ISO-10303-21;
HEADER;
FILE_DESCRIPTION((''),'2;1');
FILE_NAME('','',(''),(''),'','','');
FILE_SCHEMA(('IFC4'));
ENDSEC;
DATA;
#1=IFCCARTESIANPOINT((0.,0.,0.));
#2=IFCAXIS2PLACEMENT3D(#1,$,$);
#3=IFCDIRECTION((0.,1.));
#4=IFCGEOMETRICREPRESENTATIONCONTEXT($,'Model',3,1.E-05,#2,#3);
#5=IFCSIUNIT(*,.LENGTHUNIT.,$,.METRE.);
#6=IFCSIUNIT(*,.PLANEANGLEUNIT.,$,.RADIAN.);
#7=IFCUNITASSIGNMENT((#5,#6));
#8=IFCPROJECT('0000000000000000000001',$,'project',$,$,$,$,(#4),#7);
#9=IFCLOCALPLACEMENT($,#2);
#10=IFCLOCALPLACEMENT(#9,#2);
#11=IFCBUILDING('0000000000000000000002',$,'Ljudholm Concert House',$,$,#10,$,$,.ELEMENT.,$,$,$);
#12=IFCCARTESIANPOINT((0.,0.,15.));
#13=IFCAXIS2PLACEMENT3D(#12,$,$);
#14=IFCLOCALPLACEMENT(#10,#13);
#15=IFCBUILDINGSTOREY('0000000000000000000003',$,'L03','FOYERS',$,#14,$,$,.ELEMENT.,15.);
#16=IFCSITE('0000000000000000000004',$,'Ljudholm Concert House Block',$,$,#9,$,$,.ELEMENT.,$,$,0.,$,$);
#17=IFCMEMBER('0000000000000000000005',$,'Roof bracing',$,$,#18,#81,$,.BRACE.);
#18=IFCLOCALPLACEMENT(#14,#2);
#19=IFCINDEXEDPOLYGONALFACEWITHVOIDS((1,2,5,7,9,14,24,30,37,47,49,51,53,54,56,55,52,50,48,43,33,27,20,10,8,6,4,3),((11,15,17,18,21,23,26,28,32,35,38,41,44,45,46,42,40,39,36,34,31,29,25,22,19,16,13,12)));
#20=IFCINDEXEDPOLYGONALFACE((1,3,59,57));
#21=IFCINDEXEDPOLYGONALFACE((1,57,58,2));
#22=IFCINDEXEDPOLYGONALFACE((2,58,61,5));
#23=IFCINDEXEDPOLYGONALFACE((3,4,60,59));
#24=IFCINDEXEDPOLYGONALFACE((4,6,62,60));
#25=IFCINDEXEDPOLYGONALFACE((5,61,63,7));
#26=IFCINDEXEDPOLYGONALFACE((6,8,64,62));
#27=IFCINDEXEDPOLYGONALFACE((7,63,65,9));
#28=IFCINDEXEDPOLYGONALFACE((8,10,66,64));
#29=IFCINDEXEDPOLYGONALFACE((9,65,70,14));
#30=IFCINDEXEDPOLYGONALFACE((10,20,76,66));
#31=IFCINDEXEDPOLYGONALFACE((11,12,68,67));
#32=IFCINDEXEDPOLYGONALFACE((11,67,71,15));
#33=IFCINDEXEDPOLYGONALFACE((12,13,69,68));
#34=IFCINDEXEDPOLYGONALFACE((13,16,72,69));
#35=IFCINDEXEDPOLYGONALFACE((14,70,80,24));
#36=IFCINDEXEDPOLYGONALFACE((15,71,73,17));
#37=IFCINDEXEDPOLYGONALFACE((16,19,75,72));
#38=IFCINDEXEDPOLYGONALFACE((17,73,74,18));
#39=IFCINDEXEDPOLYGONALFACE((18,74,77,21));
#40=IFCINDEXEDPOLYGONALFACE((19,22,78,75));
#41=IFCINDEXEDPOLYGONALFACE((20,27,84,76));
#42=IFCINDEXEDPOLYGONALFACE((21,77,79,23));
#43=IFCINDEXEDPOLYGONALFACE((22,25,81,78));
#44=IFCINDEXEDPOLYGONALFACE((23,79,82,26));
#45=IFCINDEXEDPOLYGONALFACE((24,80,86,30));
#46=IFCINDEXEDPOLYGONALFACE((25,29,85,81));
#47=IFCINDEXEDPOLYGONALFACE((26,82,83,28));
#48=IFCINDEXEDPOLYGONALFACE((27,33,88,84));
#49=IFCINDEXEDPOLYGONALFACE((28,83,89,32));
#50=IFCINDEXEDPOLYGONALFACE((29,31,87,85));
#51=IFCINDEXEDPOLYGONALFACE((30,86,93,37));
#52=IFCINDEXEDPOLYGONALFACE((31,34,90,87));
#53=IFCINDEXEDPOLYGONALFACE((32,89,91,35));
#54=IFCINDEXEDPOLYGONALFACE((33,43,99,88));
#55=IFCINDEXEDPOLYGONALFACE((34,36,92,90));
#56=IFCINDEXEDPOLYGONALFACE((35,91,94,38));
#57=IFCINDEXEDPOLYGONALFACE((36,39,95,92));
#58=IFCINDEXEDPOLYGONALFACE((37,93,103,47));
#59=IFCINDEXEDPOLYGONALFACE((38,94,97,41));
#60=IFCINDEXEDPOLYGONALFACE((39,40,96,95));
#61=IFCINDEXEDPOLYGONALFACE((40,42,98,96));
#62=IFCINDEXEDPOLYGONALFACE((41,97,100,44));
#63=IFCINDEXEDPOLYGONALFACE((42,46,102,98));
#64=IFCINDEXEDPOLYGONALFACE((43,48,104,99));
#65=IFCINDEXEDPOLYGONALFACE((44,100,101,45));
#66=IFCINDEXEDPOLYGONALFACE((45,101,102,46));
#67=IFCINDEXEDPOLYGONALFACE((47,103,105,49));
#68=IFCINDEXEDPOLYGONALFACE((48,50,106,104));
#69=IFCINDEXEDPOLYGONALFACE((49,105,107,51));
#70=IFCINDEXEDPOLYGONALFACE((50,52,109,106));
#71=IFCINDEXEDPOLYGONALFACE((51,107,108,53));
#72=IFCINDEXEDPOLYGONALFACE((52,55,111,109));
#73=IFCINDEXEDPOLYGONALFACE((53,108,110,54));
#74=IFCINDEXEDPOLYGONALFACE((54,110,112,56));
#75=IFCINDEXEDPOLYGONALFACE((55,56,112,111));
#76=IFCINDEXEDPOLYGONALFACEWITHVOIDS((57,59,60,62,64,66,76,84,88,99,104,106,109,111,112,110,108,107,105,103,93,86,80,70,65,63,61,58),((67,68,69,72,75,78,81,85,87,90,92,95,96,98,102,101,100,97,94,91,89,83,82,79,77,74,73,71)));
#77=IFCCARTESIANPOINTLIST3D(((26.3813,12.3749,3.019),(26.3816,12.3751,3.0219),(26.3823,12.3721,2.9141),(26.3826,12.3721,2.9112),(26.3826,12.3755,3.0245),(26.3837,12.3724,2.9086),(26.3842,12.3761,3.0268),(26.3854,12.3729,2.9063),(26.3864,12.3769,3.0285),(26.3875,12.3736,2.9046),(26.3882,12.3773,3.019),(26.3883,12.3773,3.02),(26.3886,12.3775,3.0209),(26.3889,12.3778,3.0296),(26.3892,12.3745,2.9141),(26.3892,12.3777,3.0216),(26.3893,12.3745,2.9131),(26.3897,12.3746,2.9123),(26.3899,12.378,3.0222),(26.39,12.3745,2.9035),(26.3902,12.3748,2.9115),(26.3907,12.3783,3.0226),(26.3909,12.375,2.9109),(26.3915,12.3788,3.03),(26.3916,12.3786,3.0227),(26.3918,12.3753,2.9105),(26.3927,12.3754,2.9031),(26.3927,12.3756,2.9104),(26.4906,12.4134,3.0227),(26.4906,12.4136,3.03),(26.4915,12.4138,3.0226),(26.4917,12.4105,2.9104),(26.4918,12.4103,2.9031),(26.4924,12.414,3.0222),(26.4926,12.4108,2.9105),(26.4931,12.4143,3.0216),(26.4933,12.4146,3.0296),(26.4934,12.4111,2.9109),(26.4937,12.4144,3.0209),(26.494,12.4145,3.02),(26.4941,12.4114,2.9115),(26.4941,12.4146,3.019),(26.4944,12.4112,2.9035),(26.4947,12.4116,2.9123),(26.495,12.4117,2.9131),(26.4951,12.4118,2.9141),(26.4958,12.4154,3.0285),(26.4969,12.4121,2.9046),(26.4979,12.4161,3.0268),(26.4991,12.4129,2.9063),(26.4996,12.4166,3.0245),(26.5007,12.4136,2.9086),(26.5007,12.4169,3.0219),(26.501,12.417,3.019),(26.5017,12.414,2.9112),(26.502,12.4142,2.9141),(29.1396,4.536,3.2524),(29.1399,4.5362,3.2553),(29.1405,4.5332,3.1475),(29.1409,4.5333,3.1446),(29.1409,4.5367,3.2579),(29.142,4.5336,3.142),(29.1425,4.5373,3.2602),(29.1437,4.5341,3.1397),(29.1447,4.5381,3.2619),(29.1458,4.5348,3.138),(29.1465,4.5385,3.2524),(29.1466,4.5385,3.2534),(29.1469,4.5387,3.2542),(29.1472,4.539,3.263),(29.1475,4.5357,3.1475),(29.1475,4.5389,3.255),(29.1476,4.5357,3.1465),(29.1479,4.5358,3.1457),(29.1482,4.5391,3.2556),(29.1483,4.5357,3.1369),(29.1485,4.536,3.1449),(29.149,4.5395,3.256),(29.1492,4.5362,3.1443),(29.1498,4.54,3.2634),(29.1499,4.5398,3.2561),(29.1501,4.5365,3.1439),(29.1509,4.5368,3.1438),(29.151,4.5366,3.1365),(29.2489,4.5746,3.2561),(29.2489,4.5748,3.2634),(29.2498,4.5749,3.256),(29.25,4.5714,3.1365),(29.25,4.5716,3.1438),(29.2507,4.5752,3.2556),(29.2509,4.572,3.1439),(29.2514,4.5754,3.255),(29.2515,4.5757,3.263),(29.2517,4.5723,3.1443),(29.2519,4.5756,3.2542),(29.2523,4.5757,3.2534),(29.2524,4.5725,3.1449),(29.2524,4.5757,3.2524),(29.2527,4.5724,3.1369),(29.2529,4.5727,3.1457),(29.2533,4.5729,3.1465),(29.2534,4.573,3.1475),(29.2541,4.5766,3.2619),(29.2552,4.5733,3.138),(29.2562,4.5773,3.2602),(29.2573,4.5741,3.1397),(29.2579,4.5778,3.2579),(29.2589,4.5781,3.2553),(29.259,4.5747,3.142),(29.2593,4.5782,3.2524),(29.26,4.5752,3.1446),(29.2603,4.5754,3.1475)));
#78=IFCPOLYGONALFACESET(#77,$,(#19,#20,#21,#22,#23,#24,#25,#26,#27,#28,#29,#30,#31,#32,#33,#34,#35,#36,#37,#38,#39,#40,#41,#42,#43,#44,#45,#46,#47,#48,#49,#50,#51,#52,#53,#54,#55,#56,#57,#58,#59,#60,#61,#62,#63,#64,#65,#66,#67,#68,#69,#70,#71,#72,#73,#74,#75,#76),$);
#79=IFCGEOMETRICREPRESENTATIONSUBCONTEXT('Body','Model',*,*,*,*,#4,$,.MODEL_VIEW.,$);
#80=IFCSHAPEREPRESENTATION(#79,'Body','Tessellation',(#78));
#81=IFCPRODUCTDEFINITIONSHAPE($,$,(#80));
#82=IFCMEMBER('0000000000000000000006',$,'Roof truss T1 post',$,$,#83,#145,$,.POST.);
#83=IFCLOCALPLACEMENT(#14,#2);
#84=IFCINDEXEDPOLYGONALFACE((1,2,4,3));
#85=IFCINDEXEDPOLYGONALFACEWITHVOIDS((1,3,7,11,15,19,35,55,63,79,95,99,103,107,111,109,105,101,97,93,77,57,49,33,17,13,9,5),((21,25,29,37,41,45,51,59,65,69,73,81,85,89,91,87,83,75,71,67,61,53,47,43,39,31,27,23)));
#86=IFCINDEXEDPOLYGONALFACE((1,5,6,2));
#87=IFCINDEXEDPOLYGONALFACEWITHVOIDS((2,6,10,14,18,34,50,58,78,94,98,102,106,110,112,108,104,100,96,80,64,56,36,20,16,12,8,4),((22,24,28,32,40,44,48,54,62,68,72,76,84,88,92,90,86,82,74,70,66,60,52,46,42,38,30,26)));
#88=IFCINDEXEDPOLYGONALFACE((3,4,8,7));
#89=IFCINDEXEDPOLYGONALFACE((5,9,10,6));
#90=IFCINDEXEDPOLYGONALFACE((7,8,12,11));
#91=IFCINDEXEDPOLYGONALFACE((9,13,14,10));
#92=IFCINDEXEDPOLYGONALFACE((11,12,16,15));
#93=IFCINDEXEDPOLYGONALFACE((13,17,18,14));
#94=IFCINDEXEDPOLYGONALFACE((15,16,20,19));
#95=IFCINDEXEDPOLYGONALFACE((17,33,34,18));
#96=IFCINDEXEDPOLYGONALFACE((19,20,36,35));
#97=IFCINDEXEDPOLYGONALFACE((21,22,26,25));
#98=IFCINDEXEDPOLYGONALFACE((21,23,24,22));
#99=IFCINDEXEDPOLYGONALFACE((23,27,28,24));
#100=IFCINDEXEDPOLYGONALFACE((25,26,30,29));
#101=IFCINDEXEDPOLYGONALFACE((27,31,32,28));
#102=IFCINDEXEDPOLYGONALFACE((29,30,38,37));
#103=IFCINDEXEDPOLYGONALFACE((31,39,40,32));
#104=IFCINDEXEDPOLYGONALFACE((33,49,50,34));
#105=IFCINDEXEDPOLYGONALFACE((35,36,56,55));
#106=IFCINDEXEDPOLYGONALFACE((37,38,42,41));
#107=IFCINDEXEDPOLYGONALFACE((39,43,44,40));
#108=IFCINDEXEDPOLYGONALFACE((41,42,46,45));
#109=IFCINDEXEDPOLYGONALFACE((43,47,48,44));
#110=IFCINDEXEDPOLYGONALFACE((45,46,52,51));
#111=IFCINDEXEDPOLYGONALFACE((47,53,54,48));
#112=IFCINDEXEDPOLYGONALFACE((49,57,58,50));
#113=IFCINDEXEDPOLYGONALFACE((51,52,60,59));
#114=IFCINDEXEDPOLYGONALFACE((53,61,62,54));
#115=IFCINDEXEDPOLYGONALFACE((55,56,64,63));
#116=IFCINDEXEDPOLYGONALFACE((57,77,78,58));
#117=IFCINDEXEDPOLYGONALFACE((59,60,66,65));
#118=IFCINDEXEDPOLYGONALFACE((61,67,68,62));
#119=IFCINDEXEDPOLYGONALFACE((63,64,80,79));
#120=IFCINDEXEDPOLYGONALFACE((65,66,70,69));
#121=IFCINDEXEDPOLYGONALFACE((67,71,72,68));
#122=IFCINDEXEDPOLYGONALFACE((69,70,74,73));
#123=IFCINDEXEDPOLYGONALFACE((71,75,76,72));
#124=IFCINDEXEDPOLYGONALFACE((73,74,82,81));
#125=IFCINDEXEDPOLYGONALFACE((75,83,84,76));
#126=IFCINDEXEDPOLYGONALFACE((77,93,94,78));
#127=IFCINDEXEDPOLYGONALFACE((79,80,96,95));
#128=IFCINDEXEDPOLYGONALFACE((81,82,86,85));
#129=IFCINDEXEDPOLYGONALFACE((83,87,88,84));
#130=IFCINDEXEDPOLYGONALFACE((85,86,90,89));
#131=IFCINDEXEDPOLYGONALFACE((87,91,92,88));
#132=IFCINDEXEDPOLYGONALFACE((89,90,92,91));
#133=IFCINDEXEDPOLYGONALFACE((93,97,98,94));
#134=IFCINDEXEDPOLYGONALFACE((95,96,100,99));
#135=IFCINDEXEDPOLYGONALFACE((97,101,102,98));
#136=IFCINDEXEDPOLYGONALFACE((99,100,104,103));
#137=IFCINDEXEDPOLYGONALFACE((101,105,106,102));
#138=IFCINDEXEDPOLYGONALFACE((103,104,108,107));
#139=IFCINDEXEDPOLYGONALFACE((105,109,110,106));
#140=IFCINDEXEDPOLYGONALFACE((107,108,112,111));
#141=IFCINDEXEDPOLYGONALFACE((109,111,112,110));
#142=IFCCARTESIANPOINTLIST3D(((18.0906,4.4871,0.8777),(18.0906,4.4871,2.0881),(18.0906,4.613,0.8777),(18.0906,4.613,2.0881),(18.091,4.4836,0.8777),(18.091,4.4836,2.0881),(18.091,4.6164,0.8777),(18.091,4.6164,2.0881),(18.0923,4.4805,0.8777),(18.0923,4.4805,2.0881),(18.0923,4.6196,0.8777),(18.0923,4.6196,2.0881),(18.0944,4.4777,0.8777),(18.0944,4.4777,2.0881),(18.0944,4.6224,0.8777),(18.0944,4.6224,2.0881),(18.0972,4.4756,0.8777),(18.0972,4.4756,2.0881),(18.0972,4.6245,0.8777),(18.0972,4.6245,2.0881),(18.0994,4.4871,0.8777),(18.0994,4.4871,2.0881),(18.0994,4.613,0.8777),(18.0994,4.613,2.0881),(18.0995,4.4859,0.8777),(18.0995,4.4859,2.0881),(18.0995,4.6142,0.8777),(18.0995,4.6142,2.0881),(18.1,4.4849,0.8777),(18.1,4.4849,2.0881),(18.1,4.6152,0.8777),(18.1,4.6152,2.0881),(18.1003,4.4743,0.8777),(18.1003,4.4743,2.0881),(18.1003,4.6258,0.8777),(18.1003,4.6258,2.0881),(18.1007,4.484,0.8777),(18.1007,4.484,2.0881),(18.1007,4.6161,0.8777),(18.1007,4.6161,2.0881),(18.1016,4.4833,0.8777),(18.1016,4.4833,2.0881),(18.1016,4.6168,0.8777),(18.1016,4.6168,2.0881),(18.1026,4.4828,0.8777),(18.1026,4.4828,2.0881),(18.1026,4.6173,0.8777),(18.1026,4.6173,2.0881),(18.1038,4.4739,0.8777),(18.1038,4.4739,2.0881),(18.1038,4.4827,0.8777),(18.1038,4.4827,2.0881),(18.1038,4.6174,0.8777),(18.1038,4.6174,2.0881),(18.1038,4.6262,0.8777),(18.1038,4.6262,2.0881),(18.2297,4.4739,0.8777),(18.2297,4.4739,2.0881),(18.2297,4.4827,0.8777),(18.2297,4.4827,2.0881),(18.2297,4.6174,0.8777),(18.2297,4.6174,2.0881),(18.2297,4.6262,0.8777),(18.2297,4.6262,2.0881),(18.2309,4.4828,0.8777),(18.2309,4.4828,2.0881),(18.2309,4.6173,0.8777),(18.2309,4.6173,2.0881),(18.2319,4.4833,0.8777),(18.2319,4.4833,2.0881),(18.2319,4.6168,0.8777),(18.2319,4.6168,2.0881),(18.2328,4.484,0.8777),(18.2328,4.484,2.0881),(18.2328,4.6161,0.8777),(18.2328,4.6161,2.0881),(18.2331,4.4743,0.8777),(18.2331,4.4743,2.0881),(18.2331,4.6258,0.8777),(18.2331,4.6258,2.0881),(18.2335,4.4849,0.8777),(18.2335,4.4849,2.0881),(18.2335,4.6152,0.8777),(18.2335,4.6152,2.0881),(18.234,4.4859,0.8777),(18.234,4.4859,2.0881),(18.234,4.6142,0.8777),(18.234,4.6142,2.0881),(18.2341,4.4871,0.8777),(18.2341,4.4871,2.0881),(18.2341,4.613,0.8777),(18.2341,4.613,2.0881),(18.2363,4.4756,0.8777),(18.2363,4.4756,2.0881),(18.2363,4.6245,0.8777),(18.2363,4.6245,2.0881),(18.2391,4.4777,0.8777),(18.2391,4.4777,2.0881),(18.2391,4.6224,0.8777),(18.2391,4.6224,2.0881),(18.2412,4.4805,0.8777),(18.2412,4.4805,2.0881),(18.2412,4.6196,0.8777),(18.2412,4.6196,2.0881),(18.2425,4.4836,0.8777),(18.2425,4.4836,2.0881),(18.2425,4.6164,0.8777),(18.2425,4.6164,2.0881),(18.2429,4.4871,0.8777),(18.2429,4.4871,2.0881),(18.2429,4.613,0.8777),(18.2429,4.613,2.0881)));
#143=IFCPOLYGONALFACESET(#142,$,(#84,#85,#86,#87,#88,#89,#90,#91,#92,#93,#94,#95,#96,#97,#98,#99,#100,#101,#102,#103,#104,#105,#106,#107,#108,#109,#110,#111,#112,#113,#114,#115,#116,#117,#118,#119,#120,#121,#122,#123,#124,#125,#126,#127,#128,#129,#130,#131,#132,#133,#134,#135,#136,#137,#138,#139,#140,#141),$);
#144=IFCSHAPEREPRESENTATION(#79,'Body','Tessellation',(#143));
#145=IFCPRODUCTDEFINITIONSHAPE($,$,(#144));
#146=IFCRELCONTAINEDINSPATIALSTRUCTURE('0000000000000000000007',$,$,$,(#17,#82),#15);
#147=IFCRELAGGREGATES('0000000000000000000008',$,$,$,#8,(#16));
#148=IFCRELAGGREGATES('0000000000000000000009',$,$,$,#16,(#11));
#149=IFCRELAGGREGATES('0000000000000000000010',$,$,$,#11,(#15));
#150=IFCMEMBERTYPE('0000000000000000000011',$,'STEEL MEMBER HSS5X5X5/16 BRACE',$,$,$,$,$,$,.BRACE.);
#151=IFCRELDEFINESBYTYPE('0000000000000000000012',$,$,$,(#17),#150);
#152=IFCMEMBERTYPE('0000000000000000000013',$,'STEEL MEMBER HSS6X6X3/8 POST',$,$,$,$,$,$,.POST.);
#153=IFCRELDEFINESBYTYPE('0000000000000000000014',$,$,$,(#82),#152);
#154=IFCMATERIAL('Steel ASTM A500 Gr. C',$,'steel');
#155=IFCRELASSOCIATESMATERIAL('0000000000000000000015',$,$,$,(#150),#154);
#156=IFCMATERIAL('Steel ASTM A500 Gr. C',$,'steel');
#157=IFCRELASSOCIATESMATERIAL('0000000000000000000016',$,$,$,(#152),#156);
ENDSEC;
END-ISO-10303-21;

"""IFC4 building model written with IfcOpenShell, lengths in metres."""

from ifc_helpers import new_model, si_unit, direction, frame, origin, origin_2d, place, context, subcontext, project, spatial, hollow_rectangle, extrude, material, material_profile, profile_set, type_object, element, save


model = new_model("IFC4")

# Units and contexts
model_context = context("Model", 3, precision=1e-05, world=origin(), true_north=direction((0.0, 1.0)))
body_context = subcontext(model_context, "Body", "Model", "MODEL_VIEW")
ifc_project = project(units=[si_unit("LENGTHUNIT", "METRE"), si_unit("PLANEANGLEUNIT", "RADIAN")], contexts=[model_context])

# Site, building, storey
site_placement = place(None, origin())
site = spatial("IfcSite", under=ifc_project, at=site_placement, Name="Ljudholm Concert House Block", CompositionType="ELEMENT", RefElevation=0.0)
building_placement = place(site_placement, origin())
building = spatial("IfcBuilding", under=site, at=building_placement, Name="Ljudholm Concert House", CompositionType="ELEMENT")
storey_placement = place(building_placement, frame((0.0, 0.0, 15.0)))
storey = spatial("IfcBuildingStorey", under=building, at=storey_placement, Name="L03", Description="FOYERS", CompositionType="ELEMENT", Elevation=15.0)

# Members
ifc_material_1 = material(Name="Steel ASTM A500 Gr. C", Category="steel")
ifc_material_profile_1 = material_profile(ifc_material_1, hollow_rectangle(XDim=0.127, YDim=0.127, WallThickness=0.0073, InnerFilletRadius=0.0037, OuterFilletRadius=0.011, at=origin_2d()), Name="HSS5X5X5/16")
ifc_profile_set_1 = profile_set([ifc_material_profile_1], Name="Steel ASTM A500 Gr. C")
member_type_1 = type_object("IfcMemberType", Name="STEEL MEMBER HSS5X5X5/16 BRACE", PredefinedType="BRACE", material=ifc_profile_set_1)
for number, where, z_axis, x_axis, name in (
    (1, (26.4417, 12.3945, 2.9666), (0.331795, -0.942934, 0.028075), (0.943306, 0.331926, 0.0), "Roof bracing"),
):
    element("IfcMember", number, at=place(storey_placement, frame(where, z_axis=z_axis, x_axis=x_axis)), inside=storey, type_object=member_type_1, Name=name, PredefinedType="BRACE", context=body_context, shape_type="SweptSolid", body=[
        extrude(hollow_rectangle(XDim=0.127, YDim=0.127, WallThickness=0.0073, InnerFilletRadius=0.0037, OuterFilletRadius=0.011, at=origin_2d()), origin(), (0.0, 0.0, 1.0), 8.3132),
    ])
ifc_material_2 = material(Name="Steel ASTM A500 Gr. C", Category="steel")
ifc_material_profile_2 = material_profile(ifc_material_2, hollow_rectangle(XDim=0.1523, YDim=0.1523, WallThickness=0.0088, InnerFilletRadius=0.0044, OuterFilletRadius=0.0132, at=origin_2d()), Name="HSS6X6X3/8")
ifc_profile_set_2 = profile_set([ifc_material_profile_2], Name="Steel ASTM A500 Gr. C")
member_type_2 = type_object("IfcMemberType", Name="STEEL MEMBER HSS6X6X3/8 POST", PredefinedType="POST", material=ifc_profile_set_2)
member_1_placement = place(storey_placement, frame((18.1667, 4.55, 0.8777), z_axis=(0.0, 0.0, 1.0), x_axis=(1.0, 0.0, 0.0)))
element("IfcMember", 2, at=member_1_placement, inside=storey, type_object=member_type_2, Name="Roof truss T1 post", PredefinedType="POST", context=body_context, shape_type="SweptSolid", body=[
    extrude(hollow_rectangle(XDim=0.1523, YDim=0.1523, WallThickness=0.0088, InnerFilletRadius=0.0044, OuterFilletRadius=0.0132, at=origin_2d()), origin(), (0.0, 0.0, 1.0), 1.2104),
])

save(model, "model.ifc")
